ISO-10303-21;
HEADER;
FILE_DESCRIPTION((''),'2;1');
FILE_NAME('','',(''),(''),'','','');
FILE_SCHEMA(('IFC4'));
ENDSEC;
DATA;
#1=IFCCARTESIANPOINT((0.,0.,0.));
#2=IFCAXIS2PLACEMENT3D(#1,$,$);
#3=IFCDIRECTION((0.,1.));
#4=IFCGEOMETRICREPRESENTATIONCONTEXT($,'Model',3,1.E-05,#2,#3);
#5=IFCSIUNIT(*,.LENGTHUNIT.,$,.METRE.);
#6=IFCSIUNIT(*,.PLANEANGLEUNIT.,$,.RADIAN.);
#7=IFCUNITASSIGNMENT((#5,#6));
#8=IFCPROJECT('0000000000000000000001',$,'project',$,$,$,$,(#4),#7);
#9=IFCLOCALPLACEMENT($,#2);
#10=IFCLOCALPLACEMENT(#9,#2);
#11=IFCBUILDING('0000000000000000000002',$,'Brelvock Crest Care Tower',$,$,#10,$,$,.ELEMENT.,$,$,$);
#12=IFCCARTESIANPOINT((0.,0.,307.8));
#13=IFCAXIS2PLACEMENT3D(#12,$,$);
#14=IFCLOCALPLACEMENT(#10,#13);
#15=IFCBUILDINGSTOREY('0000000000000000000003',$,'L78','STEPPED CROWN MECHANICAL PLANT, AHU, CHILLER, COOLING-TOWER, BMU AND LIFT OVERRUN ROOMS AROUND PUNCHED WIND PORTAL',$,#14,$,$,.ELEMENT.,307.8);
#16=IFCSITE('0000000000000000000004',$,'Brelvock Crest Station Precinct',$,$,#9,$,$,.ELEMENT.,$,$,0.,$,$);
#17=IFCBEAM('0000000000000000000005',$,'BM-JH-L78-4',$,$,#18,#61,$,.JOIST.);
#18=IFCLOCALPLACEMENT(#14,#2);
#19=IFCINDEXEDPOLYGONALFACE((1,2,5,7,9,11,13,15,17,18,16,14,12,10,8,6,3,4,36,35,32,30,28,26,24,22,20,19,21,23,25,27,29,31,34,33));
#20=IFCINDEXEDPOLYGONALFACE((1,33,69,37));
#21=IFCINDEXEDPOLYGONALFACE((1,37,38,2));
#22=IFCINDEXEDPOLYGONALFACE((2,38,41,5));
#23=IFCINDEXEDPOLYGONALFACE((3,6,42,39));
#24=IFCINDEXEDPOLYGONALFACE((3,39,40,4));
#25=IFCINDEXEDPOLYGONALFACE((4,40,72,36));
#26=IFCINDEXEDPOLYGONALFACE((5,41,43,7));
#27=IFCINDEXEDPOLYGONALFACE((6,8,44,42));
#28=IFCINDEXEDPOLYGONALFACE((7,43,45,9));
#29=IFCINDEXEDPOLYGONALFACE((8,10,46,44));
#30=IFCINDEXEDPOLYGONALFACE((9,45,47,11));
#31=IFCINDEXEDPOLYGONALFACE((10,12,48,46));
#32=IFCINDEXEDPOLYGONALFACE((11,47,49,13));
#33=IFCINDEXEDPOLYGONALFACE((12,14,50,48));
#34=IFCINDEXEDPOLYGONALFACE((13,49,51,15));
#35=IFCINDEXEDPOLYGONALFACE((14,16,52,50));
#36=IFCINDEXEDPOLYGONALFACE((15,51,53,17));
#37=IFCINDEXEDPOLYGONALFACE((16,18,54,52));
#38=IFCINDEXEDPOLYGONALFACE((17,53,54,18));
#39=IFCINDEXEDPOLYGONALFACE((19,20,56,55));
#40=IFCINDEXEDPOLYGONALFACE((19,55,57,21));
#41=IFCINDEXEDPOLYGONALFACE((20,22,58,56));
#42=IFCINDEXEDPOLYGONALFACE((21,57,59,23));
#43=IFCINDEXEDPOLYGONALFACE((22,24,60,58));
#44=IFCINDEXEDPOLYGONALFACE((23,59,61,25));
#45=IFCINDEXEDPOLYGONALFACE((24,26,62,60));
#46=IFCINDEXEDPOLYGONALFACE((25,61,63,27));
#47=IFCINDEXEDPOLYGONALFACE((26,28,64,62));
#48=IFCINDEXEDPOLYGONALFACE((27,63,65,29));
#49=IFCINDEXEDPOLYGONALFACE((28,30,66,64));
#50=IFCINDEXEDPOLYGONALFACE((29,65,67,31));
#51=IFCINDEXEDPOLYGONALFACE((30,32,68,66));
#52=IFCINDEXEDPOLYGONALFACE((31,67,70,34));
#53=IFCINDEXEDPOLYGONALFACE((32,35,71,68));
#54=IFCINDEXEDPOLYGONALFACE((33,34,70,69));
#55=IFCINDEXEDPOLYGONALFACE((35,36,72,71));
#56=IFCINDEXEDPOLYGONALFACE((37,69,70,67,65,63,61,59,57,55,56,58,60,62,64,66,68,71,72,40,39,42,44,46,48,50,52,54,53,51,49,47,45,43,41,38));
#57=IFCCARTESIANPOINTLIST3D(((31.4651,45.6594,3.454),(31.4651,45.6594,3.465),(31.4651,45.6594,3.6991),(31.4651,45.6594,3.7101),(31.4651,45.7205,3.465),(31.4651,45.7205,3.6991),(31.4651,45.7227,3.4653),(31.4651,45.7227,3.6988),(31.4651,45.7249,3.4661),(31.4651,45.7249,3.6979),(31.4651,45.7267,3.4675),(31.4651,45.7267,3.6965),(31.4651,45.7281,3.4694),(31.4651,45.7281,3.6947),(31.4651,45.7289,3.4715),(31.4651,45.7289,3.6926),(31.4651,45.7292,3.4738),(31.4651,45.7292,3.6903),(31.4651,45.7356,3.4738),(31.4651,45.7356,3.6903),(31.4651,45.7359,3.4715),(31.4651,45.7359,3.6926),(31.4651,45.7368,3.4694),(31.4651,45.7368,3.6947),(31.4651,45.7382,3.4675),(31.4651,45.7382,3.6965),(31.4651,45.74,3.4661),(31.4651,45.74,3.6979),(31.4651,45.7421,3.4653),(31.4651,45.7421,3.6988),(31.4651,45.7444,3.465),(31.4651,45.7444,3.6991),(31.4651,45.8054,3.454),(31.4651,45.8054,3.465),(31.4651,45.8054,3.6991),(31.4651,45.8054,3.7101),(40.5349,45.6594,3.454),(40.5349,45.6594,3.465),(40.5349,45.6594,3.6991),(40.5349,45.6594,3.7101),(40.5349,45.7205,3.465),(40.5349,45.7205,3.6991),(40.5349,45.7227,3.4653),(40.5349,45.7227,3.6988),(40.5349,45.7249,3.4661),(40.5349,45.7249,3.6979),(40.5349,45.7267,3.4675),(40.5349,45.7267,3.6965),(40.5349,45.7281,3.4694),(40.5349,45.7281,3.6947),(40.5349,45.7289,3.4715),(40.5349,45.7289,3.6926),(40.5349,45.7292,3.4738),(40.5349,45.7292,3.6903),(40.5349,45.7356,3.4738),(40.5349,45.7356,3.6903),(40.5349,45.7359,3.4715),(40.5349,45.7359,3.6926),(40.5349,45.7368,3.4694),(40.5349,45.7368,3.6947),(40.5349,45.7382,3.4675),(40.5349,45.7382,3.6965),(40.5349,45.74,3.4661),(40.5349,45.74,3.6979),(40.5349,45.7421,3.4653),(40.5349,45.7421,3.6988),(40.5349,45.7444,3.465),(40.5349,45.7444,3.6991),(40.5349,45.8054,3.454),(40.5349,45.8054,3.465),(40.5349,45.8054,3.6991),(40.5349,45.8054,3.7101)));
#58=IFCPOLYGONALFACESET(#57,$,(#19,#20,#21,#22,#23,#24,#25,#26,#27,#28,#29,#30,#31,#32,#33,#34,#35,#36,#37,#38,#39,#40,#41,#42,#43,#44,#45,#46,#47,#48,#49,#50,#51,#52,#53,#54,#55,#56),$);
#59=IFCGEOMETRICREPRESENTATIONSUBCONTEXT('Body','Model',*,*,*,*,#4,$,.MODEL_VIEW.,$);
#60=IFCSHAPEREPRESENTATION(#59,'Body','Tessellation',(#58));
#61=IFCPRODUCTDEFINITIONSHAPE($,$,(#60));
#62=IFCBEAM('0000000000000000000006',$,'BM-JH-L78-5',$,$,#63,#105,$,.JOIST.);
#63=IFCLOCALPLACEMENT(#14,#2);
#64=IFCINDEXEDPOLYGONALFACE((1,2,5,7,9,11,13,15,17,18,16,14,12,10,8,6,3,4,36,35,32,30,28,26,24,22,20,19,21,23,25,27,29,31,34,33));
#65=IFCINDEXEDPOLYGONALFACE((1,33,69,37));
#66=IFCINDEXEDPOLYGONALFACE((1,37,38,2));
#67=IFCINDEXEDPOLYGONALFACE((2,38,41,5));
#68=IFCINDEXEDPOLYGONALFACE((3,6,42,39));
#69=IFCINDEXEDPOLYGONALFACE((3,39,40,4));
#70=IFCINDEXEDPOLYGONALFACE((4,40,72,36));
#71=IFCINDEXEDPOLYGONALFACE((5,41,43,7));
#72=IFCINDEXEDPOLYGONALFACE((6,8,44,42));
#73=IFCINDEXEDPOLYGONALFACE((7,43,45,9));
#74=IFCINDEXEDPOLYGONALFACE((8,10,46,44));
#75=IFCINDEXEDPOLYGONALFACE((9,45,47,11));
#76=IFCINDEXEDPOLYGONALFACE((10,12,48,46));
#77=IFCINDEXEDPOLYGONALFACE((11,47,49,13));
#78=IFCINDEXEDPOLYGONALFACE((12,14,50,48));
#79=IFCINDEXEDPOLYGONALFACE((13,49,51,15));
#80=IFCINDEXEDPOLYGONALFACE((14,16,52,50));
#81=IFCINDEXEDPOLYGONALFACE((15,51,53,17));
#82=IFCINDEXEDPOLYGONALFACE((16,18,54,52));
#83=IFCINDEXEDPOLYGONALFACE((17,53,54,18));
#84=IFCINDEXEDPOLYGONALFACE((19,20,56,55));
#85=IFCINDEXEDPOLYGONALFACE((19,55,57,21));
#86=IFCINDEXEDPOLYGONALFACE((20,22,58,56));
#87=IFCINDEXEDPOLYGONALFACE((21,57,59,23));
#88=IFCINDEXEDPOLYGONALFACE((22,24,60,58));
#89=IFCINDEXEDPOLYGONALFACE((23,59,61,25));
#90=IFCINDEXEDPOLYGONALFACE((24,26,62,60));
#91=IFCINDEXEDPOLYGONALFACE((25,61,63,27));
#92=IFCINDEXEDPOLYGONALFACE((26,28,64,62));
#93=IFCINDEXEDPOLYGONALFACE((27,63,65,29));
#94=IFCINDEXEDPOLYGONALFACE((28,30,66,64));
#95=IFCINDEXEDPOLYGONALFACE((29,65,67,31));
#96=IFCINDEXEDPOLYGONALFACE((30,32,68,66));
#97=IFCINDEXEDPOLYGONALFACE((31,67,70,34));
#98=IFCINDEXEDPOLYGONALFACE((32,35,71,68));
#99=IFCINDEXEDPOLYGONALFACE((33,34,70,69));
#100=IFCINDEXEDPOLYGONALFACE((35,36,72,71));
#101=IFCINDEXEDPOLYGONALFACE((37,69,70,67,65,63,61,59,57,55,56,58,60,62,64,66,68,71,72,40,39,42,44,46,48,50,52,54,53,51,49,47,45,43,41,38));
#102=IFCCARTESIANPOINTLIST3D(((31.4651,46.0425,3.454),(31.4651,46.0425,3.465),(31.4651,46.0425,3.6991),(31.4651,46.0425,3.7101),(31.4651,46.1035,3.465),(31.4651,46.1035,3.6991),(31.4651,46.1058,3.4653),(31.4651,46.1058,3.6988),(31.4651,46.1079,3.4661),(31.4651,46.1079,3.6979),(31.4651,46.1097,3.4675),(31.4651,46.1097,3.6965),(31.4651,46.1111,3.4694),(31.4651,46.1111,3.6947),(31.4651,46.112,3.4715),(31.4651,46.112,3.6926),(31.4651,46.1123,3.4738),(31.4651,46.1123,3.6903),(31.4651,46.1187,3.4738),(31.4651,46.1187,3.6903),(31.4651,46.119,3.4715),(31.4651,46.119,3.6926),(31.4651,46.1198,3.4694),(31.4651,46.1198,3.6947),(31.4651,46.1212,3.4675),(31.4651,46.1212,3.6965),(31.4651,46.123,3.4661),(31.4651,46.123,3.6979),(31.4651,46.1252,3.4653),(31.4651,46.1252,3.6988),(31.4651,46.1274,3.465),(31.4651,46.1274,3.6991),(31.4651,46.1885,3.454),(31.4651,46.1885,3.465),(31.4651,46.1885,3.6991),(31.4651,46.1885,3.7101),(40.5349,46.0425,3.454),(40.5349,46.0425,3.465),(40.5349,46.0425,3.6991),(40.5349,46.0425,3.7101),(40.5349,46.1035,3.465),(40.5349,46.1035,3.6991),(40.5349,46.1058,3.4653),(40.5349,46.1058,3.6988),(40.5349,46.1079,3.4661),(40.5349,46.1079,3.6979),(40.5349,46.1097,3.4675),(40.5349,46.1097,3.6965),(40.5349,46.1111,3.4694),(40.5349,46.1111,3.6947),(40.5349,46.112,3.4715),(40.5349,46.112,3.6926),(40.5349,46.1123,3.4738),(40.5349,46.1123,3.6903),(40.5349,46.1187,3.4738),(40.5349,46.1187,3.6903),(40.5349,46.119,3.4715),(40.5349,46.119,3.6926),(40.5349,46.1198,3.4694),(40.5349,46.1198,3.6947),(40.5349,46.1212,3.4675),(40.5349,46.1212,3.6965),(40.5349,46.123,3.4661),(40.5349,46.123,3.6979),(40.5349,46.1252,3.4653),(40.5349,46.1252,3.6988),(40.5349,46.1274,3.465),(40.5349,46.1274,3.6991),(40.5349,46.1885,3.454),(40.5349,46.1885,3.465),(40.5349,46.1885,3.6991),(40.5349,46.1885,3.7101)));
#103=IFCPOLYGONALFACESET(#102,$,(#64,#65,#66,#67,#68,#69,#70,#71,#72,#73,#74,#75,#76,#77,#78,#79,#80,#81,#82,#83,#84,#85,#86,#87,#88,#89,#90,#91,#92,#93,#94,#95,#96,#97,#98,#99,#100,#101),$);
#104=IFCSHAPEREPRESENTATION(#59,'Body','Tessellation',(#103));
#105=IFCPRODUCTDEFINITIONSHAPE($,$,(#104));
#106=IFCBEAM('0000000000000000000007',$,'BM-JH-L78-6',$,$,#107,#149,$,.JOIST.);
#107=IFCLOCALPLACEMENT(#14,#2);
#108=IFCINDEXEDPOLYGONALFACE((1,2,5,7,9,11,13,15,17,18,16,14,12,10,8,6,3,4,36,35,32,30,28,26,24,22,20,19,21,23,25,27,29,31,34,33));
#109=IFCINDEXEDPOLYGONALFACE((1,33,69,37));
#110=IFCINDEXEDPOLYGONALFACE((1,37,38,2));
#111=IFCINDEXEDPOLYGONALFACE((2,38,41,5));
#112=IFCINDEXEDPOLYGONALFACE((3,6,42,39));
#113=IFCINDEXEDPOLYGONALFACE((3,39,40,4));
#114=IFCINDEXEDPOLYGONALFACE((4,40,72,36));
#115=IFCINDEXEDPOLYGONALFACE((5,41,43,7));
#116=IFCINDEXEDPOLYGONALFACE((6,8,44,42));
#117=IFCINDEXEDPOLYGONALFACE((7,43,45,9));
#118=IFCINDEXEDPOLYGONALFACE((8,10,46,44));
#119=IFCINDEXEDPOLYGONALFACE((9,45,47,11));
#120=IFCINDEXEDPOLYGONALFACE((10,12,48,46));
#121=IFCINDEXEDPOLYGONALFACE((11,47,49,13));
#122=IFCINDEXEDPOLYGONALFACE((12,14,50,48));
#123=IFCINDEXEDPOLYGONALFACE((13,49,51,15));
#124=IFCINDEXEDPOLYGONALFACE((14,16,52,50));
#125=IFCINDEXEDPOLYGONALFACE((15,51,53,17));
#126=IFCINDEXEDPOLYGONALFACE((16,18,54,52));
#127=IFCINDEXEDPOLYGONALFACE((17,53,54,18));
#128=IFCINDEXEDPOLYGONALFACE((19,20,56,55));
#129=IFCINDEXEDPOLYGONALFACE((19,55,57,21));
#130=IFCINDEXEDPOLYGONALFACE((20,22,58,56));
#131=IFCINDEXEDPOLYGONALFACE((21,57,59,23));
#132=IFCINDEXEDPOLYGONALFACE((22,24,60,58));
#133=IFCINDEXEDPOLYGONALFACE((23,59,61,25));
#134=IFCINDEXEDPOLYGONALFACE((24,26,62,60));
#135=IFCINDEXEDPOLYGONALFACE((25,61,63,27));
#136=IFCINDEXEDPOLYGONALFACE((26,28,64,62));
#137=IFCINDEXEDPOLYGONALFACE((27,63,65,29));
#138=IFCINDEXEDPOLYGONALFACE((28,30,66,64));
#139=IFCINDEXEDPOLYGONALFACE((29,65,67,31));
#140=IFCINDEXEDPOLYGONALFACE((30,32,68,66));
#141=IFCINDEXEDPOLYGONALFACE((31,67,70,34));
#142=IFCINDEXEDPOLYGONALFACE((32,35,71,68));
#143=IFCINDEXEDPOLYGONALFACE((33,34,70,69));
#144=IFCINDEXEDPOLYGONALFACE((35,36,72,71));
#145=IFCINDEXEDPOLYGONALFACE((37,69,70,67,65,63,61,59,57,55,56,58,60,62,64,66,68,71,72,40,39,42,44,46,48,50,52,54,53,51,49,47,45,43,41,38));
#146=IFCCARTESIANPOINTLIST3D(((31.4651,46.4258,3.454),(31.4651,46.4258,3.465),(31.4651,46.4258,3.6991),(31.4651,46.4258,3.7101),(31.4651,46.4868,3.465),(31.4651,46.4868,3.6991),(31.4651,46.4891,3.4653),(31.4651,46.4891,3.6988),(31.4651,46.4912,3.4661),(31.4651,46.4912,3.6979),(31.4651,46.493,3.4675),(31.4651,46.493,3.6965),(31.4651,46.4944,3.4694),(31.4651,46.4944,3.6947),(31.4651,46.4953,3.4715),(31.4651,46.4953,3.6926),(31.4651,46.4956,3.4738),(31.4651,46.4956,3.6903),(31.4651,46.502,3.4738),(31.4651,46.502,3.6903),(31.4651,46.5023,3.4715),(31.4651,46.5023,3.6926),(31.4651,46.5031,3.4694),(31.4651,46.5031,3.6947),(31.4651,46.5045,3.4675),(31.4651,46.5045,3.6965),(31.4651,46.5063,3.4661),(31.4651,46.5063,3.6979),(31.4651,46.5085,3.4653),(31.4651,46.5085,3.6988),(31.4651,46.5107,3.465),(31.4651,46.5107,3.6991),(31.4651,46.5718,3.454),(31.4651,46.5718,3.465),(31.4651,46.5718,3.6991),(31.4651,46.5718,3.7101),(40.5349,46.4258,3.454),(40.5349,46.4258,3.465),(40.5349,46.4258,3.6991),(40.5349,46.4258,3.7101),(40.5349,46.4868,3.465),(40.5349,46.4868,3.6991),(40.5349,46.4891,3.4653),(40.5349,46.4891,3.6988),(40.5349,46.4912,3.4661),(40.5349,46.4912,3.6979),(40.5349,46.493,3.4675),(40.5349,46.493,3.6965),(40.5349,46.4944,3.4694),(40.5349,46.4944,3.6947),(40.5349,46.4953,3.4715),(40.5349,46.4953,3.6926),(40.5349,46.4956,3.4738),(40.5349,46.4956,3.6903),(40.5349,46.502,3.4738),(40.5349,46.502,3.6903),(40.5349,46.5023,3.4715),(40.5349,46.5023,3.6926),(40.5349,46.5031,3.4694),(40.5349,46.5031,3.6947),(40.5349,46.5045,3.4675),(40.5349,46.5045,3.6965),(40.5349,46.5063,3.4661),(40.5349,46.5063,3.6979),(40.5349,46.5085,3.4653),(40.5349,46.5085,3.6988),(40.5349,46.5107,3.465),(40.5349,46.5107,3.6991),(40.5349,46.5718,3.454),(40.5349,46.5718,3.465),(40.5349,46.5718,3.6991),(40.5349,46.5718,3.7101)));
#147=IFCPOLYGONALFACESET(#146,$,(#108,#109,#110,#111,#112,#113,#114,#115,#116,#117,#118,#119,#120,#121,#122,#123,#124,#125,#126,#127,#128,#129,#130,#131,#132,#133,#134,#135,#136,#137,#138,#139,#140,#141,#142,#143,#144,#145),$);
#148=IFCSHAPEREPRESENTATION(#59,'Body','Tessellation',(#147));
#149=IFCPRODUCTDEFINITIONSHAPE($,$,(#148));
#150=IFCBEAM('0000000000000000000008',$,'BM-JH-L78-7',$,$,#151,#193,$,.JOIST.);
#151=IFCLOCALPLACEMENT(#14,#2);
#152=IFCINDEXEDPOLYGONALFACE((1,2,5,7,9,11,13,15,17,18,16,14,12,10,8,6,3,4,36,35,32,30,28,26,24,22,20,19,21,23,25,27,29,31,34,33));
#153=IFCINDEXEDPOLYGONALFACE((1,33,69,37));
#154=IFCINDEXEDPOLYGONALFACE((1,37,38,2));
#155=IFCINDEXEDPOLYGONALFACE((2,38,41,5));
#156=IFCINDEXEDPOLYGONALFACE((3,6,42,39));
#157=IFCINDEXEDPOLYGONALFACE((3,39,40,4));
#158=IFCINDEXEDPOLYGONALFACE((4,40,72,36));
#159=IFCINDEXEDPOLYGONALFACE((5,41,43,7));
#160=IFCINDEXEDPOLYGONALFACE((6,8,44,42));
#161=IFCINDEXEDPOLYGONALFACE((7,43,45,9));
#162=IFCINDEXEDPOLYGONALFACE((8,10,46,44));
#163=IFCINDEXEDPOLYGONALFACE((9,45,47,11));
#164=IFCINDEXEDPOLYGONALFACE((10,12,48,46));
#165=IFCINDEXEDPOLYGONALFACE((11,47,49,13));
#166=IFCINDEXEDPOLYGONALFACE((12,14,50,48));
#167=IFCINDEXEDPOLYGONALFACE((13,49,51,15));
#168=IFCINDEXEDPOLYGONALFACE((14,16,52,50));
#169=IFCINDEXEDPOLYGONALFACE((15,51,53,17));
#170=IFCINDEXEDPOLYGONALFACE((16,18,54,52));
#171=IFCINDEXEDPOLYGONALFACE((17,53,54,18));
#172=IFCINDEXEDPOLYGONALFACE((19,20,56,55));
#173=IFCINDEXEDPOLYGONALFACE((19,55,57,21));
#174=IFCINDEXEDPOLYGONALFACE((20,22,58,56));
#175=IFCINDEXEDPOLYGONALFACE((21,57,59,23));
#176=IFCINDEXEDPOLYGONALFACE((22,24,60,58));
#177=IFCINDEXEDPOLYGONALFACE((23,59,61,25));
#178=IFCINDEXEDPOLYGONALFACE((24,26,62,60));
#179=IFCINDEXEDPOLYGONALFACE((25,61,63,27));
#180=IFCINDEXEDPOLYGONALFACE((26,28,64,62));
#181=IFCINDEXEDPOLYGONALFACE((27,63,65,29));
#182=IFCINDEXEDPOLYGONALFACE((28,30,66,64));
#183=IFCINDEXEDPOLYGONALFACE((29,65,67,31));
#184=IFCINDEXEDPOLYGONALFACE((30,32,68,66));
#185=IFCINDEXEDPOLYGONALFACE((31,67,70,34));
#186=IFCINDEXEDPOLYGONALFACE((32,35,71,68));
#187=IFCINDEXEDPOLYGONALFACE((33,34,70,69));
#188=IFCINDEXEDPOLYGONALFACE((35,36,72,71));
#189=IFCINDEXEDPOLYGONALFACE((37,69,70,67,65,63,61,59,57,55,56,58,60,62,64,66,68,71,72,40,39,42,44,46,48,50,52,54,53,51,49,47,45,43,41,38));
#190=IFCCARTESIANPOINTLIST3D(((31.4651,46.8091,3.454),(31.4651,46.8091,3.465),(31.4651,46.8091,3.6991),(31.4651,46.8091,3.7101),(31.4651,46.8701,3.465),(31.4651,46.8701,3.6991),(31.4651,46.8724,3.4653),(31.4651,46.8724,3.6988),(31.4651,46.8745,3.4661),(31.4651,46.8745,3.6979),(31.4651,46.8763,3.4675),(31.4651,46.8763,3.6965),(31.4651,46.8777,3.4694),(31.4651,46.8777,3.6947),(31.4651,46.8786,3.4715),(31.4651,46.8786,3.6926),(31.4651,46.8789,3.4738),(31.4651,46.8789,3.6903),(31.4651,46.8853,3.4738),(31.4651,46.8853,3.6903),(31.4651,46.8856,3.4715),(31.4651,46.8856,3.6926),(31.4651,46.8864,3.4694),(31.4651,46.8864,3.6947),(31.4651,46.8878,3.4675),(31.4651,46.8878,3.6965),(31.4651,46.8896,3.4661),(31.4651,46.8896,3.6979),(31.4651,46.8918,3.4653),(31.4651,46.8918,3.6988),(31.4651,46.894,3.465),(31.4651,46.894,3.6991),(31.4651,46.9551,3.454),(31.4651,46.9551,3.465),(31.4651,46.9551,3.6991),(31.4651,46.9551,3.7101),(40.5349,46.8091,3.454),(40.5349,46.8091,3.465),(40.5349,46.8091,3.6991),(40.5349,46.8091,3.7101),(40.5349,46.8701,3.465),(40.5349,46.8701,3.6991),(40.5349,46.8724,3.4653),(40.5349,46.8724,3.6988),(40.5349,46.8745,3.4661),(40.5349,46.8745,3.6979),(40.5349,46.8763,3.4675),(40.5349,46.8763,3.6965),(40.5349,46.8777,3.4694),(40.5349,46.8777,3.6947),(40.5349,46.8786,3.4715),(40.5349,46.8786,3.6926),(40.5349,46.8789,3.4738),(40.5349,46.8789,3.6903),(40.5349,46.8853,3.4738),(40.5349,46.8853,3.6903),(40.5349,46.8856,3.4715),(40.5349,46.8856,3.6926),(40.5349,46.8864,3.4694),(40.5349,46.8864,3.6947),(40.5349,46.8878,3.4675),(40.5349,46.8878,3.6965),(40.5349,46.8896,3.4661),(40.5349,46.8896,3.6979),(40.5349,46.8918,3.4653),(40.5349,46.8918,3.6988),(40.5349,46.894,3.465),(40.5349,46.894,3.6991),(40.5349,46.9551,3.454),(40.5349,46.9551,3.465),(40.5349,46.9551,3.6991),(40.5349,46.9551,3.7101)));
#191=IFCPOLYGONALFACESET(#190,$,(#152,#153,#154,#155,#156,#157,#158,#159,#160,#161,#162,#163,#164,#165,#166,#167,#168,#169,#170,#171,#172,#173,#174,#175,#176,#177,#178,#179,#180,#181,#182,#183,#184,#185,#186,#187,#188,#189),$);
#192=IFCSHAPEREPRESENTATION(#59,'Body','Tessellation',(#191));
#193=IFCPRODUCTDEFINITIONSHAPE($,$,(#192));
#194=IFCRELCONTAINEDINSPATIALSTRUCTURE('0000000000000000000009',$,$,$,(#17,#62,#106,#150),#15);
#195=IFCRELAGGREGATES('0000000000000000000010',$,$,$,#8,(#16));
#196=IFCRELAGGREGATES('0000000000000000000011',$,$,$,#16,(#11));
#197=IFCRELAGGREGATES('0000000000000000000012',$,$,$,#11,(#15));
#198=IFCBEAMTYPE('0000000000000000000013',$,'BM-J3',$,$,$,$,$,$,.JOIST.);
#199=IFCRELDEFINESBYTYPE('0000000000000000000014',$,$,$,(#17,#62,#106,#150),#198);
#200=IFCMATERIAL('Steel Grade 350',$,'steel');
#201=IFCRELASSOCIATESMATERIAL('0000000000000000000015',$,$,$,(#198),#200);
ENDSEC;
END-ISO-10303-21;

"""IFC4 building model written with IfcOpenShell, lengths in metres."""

from ifc_helpers import new_model, si_unit, direction, frame, origin, origin_2d, place, context, subcontext, project, spatial, i_section, extrude, source, transform, mapped, material, material_profile, profile_set, type_object, element, save


model = new_model("IFC4")

# Units and contexts
model_context = context("Model", 3, precision=1e-05, world=origin(), true_north=direction((0.0, 1.0)))
body_context = subcontext(model_context, "Body", "Model", "MODEL_VIEW")
ifc_project = project(units=[si_unit("LENGTHUNIT", "METRE"), si_unit("PLANEANGLEUNIT", "RADIAN")], contexts=[model_context])

# Site, building, storey
site_placement = place(None, origin())
site = spatial("IfcSite", under=ifc_project, at=site_placement, Name="Brelvock Crest Station Precinct", CompositionType="ELEMENT", RefElevation=0.0)
building_placement = place(site_placement, origin())
building = spatial("IfcBuilding", under=site, at=building_placement, Name="Brelvock Crest Care Tower", CompositionType="ELEMENT")
storey_placement = place(building_placement, frame((0.0, 0.0, 307.8)))
storey = spatial("IfcBuildingStorey", under=building, at=storey_placement, Name="L78", Description="STEPPED CROWN MECHANICAL PLANT, AHU, CHILLER, COOLING-TOWER, BMU AND LIFT OVERRUN ROOMS AROUND PUNCHED WIND PORTAL", CompositionType="ELEMENT", Elevation=307.8)

# Shared definitions
ifc_material_1 = material(Name="Steel Grade 350", Category="steel")

# Beams
ifc_material_profile_1 = material_profile(ifc_material_1, i_section(OverallWidth=0.146, OverallDepth=0.2561, WebThickness=0.0063, FlangeThickness=0.011, FilletRadius=0.0088, at=origin_2d()), Name="250UB37.3")
ifc_profile_set_1 = profile_set([ifc_material_profile_1], Name="Steel Grade 350")
beam_type_1 = type_object("IfcBeamType", Name="BM-J3", PredefinedType="JOIST", material=ifc_profile_set_1)
shared_shape_1 = source(origin(), body_context, "Body", "SweptSolid", [
    extrude(i_section(OverallWidth=0.146, OverallDepth=0.2561, WebThickness=0.0063, FlangeThickness=0.011, FilletRadius=0.0088, at=origin_2d()), origin(), (0.0, 0.0, 1.0), 9.0698),
])
for number, where, z_axis, x_axis, name in (
    (1, (31.4651, 45.7324, 3.582), (1.0, 0.0, 0.0), (0.0, 1.0, 0.0), "BM-JH-L78-4"),
    (2, (31.4651, 46.1155, 3.582), (1.0, 0.0, 0.0), (0.0, 1.0, 0.0), "BM-JH-L78-5"),
    (3, (31.4651, 46.4988, 3.582), (1.0, 0.0, 0.0), (0.0, 1.0, 0.0), "BM-JH-L78-6"),
    (4, (31.4651, 46.8821, 3.582), (1.0, 0.0, 0.0), (0.0, 1.0, 0.0), "BM-JH-L78-7"),
):
    element("IfcBeam", number, at=place(storey_placement, frame(where, z_axis=z_axis, x_axis=x_axis)), inside=storey, type_object=beam_type_1, Name=name, PredefinedType="JOIST", context=body_context, shape_type="MappedRepresentation", body=[
        mapped(shared_shape_1, transform((0.0, 0.0, 0.0), x_axis=(1.0, 0.0, 0.0), y_axis=(0.0, 1.0, 0.0), z_axis=(0.0, 0.0, 1.0), scale=1.0)),
    ])

save(model, "model.ifc")
